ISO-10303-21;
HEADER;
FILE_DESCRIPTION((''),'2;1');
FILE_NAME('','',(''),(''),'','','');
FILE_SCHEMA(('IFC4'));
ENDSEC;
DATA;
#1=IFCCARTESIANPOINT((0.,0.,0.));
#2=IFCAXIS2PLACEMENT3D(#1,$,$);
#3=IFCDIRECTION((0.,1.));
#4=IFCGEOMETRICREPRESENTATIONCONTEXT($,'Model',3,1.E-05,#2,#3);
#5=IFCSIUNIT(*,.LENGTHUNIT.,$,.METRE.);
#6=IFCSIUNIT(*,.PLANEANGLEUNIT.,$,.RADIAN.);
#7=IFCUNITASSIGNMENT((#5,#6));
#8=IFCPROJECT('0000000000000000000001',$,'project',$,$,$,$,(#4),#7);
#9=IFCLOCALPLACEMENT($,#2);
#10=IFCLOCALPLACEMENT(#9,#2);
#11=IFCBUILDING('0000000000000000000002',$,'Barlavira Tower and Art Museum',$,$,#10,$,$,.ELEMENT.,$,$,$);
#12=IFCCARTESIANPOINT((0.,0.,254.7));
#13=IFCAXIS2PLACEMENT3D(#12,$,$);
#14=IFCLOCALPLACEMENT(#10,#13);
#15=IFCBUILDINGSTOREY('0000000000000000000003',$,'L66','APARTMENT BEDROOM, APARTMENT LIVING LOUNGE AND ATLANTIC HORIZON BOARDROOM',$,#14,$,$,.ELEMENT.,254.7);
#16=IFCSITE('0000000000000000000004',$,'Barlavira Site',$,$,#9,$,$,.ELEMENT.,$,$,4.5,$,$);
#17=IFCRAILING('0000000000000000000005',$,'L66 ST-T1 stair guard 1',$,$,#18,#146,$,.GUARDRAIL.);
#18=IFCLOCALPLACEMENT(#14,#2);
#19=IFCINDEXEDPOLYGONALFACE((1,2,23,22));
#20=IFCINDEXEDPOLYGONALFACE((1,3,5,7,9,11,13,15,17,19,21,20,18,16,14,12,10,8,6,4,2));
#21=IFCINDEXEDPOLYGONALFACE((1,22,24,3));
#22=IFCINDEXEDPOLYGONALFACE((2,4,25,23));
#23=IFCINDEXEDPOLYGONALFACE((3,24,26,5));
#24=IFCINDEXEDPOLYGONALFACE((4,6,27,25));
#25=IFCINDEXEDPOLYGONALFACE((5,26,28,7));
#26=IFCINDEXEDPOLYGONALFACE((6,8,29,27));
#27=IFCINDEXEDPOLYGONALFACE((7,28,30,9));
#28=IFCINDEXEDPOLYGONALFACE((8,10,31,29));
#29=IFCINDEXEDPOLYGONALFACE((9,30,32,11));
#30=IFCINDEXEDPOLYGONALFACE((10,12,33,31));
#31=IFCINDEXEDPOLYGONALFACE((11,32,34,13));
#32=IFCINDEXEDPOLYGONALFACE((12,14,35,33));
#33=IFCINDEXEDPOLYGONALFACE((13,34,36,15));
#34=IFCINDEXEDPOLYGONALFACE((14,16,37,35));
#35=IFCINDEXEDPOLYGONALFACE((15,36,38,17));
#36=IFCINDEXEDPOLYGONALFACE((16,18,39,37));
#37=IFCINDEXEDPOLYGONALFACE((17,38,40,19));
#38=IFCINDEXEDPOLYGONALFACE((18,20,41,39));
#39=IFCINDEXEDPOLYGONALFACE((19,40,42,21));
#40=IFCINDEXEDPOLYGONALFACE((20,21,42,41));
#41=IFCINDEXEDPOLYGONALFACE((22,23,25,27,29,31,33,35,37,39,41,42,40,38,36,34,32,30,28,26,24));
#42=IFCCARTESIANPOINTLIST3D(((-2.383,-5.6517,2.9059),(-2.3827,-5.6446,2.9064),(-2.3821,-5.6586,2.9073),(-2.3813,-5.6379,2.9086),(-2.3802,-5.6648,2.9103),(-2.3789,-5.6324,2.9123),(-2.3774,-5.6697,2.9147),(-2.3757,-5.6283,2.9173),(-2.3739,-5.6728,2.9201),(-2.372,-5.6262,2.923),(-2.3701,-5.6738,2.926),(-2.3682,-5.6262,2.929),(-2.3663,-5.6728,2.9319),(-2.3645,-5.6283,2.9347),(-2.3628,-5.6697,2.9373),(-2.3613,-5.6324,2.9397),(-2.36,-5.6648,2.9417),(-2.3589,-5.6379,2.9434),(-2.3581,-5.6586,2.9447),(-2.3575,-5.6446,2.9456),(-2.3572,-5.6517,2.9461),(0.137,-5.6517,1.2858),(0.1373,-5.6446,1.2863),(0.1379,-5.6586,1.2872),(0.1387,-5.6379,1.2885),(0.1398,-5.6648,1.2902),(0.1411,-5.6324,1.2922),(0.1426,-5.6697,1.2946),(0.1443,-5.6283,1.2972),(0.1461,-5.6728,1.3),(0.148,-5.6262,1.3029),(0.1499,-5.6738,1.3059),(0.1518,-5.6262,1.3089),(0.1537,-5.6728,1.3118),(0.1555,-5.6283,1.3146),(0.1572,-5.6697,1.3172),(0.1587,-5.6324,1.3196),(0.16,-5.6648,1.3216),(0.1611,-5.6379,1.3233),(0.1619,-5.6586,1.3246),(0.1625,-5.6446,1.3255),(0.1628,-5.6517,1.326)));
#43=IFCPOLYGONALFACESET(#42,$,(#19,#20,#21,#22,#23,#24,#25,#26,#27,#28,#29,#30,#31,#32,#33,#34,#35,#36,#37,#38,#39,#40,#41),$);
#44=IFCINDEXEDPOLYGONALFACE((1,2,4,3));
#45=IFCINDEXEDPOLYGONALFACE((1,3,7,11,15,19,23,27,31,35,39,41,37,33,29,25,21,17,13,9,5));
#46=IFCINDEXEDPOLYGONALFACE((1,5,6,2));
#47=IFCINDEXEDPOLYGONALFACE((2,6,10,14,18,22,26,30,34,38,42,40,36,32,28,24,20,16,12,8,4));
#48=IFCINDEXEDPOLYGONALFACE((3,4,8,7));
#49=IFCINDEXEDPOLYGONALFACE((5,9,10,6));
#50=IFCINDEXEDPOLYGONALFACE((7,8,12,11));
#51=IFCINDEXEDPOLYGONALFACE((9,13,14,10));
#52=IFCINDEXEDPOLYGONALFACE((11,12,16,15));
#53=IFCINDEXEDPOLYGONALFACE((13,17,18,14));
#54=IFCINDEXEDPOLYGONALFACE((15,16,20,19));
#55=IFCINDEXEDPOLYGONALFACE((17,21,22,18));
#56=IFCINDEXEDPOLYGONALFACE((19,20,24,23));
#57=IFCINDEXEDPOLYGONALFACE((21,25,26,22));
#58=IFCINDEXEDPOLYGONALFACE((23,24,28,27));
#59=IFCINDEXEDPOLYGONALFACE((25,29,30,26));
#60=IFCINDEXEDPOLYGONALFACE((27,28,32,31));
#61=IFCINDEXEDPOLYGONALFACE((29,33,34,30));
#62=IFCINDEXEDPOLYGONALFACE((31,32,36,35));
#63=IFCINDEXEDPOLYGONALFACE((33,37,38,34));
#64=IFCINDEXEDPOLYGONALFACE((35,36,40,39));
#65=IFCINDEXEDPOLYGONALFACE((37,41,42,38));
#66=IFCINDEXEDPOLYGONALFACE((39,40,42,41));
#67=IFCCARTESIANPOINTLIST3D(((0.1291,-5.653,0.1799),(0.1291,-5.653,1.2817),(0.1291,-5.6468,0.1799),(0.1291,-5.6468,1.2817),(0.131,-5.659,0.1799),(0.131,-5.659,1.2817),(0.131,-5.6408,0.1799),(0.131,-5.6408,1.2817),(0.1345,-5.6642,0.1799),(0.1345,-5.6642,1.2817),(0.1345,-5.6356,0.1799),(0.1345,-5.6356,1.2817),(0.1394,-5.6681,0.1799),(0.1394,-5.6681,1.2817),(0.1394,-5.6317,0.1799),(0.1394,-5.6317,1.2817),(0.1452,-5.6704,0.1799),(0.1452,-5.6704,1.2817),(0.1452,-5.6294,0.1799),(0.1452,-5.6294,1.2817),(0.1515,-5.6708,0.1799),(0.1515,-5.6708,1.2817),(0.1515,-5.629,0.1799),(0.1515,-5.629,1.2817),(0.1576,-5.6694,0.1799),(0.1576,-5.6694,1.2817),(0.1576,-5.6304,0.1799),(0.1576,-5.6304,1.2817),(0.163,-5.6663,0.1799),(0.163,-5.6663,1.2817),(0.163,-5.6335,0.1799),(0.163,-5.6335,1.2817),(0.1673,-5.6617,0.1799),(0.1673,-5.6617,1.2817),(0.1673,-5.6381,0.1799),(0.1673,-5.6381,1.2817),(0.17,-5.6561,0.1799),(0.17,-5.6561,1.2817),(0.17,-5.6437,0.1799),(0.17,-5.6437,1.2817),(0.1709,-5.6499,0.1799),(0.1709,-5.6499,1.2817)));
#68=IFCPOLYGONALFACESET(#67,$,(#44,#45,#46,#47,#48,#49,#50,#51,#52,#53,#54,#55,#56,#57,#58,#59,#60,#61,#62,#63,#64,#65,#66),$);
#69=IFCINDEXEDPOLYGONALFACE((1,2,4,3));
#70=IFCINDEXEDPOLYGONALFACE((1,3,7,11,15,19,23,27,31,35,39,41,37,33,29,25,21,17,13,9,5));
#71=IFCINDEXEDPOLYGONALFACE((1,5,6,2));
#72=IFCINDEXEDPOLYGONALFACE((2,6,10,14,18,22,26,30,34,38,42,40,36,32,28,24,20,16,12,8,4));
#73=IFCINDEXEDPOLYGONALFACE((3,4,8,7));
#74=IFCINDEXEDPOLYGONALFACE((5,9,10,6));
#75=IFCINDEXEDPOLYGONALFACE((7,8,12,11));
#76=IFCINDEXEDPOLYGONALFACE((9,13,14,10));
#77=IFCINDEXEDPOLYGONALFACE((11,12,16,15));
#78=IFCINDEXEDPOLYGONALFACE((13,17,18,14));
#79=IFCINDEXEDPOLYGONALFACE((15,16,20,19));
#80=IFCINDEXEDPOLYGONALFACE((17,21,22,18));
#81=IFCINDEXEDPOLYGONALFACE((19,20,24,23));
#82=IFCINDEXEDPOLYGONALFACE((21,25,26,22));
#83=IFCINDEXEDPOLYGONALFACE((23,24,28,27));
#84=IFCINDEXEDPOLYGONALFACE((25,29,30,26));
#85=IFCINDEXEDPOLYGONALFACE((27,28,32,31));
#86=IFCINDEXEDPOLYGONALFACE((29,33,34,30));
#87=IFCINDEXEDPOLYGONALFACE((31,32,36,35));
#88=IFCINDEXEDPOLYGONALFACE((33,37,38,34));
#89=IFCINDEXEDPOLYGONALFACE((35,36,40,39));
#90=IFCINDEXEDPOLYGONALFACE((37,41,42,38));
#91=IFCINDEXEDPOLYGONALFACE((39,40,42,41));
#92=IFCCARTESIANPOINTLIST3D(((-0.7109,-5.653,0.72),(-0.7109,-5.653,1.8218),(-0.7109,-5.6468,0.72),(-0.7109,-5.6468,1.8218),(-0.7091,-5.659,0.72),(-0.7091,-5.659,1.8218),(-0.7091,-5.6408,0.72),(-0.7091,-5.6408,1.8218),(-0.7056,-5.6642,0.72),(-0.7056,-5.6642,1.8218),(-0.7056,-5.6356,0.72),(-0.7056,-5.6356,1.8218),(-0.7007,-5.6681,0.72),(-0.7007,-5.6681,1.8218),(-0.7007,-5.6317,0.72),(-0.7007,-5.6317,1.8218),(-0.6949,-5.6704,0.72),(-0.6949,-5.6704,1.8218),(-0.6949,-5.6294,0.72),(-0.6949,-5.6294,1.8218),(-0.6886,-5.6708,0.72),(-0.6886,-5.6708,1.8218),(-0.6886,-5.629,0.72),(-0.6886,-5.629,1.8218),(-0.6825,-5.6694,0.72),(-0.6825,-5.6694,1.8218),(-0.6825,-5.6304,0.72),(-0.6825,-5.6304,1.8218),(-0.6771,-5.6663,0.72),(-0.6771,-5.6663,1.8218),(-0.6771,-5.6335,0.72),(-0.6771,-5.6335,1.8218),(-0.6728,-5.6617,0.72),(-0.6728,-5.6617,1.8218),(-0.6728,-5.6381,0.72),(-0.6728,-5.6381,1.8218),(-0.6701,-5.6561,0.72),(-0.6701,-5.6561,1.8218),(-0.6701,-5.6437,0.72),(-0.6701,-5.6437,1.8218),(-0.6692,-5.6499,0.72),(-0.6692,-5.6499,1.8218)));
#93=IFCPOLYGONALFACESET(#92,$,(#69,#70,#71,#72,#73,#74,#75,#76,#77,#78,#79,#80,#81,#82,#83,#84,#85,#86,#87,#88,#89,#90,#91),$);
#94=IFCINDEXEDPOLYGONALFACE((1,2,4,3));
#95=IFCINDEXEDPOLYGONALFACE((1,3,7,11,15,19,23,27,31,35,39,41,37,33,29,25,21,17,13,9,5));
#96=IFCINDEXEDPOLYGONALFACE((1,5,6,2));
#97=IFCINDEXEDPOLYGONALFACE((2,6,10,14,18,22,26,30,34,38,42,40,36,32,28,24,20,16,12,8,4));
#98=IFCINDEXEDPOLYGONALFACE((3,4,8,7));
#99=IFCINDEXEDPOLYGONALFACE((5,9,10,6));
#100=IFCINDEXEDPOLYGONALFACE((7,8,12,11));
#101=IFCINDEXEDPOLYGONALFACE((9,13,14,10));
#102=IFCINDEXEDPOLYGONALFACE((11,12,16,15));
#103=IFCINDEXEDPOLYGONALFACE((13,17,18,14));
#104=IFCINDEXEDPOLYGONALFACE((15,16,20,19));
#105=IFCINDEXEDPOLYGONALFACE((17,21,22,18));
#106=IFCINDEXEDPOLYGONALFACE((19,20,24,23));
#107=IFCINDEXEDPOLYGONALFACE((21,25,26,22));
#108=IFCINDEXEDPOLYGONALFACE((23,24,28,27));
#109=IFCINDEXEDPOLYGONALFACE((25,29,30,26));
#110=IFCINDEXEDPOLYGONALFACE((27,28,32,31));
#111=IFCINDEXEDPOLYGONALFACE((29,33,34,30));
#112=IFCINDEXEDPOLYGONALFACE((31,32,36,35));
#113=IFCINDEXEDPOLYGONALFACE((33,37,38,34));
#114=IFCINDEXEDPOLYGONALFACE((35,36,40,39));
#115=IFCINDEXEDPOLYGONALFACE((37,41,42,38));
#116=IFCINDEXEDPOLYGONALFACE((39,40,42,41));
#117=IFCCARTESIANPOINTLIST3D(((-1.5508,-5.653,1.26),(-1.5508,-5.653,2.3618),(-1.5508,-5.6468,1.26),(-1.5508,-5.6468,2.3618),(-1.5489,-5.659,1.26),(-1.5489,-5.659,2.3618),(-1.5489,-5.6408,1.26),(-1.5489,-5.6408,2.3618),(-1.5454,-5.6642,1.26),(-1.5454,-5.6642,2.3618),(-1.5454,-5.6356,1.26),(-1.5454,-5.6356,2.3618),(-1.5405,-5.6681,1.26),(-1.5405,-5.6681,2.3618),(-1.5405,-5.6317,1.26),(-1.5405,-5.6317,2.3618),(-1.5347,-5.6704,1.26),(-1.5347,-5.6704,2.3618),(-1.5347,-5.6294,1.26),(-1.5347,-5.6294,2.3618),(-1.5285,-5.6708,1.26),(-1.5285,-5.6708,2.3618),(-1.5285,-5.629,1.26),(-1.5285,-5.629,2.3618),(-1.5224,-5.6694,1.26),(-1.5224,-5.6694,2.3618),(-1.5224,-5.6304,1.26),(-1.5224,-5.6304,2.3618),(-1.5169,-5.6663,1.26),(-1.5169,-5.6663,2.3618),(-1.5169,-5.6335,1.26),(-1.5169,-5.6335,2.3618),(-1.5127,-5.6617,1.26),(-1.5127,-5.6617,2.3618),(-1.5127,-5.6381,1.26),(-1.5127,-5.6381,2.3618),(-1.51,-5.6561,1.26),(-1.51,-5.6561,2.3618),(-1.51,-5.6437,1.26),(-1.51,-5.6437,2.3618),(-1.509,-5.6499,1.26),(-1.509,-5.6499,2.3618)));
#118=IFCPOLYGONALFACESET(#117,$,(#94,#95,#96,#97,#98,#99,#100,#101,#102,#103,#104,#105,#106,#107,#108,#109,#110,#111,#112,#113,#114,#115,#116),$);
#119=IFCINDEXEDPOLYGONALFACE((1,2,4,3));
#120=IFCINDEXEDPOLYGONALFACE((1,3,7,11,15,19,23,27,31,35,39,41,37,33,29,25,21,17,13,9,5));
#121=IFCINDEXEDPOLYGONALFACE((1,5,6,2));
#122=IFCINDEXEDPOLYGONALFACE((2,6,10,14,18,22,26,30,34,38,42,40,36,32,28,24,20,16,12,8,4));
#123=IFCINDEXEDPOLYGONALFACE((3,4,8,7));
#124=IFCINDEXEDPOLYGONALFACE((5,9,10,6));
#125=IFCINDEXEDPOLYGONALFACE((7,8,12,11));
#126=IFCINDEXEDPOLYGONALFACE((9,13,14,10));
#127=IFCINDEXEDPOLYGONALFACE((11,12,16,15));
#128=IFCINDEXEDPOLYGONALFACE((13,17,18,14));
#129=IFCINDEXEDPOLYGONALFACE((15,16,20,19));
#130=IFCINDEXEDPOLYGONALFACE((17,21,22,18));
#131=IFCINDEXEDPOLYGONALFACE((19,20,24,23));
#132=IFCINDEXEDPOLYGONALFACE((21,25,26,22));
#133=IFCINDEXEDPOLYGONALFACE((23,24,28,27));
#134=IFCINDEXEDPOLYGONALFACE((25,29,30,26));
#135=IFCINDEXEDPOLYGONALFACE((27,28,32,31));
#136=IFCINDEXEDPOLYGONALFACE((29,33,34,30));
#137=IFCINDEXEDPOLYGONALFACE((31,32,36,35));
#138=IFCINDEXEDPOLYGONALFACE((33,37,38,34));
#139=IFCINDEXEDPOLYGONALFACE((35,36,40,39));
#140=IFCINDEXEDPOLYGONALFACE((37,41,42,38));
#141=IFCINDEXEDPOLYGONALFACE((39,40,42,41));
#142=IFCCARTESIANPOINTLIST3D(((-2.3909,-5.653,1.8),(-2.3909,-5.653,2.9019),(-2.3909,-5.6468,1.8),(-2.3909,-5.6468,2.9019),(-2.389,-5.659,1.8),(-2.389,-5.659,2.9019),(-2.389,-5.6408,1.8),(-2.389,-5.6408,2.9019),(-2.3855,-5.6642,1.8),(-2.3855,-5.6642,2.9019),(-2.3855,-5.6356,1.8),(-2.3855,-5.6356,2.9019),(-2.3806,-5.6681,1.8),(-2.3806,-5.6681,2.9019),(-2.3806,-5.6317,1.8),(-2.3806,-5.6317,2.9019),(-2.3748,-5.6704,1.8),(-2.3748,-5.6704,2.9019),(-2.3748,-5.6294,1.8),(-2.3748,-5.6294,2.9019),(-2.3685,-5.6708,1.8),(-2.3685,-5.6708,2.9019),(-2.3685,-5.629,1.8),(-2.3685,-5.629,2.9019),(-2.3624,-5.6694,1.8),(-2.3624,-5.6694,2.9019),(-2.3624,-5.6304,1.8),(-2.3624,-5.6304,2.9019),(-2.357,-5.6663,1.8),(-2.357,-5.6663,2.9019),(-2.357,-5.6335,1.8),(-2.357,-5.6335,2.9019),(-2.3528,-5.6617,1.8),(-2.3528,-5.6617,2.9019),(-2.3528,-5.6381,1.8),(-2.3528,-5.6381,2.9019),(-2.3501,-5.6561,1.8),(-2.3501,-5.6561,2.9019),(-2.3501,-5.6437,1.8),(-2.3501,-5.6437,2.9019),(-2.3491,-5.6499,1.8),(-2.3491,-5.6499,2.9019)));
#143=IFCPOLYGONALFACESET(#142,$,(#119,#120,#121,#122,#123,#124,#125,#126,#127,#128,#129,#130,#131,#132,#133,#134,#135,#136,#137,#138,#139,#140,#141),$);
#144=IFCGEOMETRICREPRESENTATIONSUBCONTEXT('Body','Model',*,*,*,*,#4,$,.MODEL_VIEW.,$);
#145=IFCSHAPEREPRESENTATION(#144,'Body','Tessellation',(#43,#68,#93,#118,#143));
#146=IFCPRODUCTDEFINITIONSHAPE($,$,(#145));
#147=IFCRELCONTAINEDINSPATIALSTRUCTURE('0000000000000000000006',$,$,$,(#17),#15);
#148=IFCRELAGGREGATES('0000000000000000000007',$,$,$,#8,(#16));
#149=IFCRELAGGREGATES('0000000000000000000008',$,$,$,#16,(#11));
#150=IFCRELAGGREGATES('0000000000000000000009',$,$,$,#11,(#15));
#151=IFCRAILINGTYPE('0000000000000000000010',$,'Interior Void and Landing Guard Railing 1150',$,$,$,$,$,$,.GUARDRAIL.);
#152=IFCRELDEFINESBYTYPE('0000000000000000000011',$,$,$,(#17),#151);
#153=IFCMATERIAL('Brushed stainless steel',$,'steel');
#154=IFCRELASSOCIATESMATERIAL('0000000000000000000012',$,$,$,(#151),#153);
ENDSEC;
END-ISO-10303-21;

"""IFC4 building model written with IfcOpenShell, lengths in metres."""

from ifc_helpers import new_model, si_unit, direction, frame, origin, origin_2d, place, context, subcontext, project, spatial, circle, extrude, material, type_object, element, save


model = new_model("IFC4")

# Units and contexts
model_context = context("Model", 3, precision=1e-05, world=origin(), true_north=direction((0.0, 1.0)))
body_context = subcontext(model_context, "Body", "Model", "MODEL_VIEW")
ifc_project = project(units=[si_unit("LENGTHUNIT", "METRE"), si_unit("PLANEANGLEUNIT", "RADIAN")], contexts=[model_context])

# Site, building, storey
site_placement = place(None, origin())
site = spatial("IfcSite", under=ifc_project, at=site_placement, Name="Barlavira Site", CompositionType="ELEMENT", RefElevation=4.5)
building_placement = place(site_placement, origin())
building = spatial("IfcBuilding", under=site, at=building_placement, Name="Barlavira Tower and Art Museum", CompositionType="ELEMENT")
storey_placement = place(building_placement, frame((0.0, 0.0, 254.7)))
storey = spatial("IfcBuildingStorey", under=building, at=storey_placement, Name="L66", Description="APARTMENT BEDROOM, APARTMENT LIVING LOUNGE AND ATLANTIC HORIZON BOARDROOM", CompositionType="ELEMENT", Elevation=254.7)

# Shared definitions
ifc_material_1 = material(Name="Brushed stainless steel", Category="steel")

# Railing
railing_type_1 = type_object("IfcRailingType", Name="Interior Void and Landing Guard Railing 1150", PredefinedType="GUARDRAIL", material=ifc_material_1)
railing_1_placement = place(storey_placement, frame((0.1499, -5.6499, 0.1799)))
element("IfcRailing", 1, at=railing_1_placement, inside=storey, type_object=railing_type_1, Name="L66 ST-T1 stair guard 1", PredefinedType="GUARDRAIL", context=body_context, shape_type="SweptSolid", body=[
    extrude(circle(Radius=0.0239, at=origin_2d()), frame((0.0, 0.0, 1.126), z_axis=(-0.841163, 0.0, 0.540782), x_axis=(0.0, -1.0, 0.0)), (0.0, 0.0, 1.0), 2.9958),
    extrude(circle(Radius=0.021, at=origin_2d()), origin(), (0.0, 0.0, 1.0), 1.1018),
    extrude(circle(Radius=0.021, at=origin_2d()), frame((-0.8401, 0.0, 0.54)), (0.0, 0.0, 1.0), 1.1018),
    extrude(circle(Radius=0.021, at=origin_2d()), frame((-1.6799, 0.0, 1.0801)), (0.0, 0.0, 1.0), 1.1018),
    extrude(circle(Radius=0.021, at=origin_2d()), frame((-2.52, 0.0, 1.6201)), (0.0, 0.0, 1.0), 1.1018),
])

save(model, "model.ifc")
